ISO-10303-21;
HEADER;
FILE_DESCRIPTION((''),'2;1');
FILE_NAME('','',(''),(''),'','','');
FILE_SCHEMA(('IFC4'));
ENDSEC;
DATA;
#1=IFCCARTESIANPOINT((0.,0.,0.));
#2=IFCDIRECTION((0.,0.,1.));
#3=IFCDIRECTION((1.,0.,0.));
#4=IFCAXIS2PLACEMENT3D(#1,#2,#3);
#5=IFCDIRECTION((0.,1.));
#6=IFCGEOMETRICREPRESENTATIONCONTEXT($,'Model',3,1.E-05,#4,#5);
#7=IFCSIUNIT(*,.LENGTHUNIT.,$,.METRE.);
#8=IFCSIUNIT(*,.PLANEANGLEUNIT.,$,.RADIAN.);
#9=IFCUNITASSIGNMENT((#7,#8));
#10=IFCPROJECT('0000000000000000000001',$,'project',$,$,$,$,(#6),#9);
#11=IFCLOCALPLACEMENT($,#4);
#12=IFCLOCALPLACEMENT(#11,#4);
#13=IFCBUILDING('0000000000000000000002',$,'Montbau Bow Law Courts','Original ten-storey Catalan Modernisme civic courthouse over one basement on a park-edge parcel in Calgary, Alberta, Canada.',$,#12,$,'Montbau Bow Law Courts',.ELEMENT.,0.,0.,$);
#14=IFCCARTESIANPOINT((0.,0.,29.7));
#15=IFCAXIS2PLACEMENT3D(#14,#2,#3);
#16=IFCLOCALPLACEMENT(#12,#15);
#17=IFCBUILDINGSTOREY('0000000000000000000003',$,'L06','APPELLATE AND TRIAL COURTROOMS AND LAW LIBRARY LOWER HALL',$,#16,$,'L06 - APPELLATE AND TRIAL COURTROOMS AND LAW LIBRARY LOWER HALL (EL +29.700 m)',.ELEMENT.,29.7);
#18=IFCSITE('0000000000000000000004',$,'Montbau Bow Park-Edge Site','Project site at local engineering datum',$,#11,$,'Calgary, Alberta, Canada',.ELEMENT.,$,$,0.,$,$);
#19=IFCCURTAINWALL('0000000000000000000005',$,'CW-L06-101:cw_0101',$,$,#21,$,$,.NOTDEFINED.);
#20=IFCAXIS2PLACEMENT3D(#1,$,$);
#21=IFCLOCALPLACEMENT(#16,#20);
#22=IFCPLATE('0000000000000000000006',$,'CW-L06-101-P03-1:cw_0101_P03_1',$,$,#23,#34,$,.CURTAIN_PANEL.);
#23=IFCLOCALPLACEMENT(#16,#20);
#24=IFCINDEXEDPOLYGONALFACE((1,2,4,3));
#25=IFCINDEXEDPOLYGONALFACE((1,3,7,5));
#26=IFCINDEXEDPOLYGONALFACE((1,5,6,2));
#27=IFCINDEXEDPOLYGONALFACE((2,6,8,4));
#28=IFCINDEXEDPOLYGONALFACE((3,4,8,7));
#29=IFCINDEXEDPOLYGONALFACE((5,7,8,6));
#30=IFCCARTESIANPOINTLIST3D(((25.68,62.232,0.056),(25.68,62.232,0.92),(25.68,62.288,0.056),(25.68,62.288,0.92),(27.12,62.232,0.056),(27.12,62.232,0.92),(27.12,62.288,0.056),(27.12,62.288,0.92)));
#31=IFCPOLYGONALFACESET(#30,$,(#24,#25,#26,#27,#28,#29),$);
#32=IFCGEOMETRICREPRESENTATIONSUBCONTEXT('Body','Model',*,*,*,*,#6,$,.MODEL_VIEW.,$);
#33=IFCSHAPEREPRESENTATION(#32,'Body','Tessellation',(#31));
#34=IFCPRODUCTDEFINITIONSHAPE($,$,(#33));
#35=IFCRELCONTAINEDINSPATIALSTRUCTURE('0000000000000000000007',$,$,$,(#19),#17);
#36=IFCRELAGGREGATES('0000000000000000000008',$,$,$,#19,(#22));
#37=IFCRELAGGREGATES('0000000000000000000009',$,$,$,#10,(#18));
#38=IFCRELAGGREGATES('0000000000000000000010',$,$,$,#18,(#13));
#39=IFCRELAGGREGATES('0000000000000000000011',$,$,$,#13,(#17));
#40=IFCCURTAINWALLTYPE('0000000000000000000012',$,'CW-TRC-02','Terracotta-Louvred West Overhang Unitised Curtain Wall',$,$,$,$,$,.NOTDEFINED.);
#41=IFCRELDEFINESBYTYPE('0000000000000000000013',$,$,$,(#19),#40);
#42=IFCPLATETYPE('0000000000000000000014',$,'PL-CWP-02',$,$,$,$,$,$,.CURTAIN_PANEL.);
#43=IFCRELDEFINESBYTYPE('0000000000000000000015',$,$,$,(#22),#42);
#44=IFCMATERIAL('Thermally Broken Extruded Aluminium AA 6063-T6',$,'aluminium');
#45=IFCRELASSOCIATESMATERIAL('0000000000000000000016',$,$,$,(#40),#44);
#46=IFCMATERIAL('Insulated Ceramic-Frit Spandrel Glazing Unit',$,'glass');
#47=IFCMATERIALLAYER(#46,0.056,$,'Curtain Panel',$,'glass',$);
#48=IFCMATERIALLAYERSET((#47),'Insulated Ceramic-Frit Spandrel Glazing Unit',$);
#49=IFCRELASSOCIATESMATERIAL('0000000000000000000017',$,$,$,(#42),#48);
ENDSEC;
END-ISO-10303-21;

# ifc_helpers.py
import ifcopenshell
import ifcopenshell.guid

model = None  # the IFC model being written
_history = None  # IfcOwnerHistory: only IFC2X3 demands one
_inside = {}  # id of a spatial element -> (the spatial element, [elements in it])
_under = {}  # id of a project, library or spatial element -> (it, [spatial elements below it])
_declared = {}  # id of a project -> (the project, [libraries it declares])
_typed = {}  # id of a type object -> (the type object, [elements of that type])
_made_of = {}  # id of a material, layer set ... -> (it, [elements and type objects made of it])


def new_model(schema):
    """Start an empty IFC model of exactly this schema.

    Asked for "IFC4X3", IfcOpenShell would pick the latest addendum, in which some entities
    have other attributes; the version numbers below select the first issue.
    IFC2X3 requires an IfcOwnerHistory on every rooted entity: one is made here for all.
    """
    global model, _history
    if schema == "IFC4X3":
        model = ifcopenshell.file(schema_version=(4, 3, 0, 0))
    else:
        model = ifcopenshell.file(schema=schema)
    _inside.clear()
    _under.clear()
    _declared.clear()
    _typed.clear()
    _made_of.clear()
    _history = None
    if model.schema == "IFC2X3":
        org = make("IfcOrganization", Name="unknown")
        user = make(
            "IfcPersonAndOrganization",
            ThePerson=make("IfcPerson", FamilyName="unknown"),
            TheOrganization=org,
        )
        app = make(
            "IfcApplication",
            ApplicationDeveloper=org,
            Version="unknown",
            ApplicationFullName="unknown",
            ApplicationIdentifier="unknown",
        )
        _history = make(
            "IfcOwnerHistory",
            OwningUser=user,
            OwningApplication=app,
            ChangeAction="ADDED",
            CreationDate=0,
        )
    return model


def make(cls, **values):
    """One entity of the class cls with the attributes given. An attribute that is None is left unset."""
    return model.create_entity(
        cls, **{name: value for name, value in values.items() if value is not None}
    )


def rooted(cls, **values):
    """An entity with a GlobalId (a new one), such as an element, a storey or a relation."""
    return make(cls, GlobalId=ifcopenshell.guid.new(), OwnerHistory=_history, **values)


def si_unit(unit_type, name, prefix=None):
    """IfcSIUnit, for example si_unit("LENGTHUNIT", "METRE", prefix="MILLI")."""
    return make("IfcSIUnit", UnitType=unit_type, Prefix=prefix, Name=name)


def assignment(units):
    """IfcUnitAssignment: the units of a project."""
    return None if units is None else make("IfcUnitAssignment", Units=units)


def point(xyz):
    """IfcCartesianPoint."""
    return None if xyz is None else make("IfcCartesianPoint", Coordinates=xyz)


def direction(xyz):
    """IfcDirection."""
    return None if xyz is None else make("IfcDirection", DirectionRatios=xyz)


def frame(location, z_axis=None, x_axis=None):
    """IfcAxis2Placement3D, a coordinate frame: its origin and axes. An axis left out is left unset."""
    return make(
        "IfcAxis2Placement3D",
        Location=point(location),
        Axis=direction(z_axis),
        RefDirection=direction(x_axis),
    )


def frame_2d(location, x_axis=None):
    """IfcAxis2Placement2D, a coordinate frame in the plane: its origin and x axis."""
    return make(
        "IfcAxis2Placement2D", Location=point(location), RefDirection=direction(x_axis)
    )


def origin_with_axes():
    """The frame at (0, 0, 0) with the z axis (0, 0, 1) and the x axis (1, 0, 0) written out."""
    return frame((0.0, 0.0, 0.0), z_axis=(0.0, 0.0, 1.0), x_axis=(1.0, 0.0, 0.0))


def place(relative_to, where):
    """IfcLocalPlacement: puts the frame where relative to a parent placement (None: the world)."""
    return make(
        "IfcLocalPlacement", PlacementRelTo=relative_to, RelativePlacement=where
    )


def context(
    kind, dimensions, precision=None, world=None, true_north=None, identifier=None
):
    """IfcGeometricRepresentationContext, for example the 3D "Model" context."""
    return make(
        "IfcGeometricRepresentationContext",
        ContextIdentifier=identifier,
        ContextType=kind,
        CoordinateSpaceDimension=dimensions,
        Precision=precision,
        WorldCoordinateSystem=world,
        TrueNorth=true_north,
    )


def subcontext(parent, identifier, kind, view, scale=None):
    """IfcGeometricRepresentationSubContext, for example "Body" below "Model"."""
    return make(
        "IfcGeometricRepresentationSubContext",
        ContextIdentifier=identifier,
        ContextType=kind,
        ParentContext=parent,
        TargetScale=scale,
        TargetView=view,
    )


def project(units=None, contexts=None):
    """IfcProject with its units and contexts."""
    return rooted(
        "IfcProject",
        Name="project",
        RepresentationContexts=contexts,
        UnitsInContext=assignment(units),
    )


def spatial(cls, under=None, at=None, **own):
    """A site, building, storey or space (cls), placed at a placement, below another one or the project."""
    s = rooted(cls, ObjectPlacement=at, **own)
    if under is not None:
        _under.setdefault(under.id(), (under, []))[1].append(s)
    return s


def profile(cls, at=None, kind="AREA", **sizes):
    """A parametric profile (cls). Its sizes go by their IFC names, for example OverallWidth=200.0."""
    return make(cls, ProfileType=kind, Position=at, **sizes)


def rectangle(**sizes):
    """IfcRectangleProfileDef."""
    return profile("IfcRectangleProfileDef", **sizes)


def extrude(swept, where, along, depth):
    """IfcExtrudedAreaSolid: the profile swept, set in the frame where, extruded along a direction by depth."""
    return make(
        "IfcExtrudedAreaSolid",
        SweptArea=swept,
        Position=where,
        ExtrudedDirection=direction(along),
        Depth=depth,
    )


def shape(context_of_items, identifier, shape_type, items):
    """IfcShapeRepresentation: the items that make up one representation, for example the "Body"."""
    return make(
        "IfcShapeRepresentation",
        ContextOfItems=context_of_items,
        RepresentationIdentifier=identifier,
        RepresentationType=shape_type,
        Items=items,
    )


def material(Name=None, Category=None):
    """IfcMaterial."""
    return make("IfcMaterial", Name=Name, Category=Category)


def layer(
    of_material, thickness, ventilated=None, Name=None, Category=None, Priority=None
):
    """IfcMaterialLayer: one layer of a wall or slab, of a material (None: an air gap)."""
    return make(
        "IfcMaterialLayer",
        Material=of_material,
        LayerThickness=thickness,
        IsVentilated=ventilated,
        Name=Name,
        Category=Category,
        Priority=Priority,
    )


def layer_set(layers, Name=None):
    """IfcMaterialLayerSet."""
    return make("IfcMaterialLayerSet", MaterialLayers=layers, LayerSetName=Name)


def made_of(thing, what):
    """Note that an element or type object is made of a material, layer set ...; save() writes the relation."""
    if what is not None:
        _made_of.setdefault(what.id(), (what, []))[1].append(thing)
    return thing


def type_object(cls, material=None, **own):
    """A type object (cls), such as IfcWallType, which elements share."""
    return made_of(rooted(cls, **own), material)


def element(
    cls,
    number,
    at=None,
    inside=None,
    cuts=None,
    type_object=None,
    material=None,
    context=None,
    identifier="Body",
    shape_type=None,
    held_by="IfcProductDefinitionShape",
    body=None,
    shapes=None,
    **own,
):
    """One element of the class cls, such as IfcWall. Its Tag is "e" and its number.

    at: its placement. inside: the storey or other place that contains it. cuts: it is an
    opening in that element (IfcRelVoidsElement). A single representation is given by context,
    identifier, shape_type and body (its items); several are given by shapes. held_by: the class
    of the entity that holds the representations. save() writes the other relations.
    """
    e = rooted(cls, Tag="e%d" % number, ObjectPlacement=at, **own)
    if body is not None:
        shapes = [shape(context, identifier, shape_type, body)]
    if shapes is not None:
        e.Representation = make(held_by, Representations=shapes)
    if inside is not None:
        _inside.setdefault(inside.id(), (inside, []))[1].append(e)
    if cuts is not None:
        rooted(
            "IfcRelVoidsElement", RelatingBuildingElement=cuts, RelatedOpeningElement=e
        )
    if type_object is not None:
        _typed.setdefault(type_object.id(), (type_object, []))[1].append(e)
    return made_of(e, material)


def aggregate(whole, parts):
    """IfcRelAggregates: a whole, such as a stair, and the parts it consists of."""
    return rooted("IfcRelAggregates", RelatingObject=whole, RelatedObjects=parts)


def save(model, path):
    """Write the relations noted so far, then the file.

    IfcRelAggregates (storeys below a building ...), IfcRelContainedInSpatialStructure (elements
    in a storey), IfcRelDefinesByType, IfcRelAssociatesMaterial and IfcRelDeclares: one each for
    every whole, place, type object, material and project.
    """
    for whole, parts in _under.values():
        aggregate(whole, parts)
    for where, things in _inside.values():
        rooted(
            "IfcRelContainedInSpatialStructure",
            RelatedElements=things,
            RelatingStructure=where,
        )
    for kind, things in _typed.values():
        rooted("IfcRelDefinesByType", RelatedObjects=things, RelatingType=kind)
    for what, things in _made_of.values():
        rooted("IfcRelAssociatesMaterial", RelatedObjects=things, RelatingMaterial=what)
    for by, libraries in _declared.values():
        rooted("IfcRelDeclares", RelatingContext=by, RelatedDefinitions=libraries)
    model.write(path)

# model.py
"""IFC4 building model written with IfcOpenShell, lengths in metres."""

from ifc_helpers import new_model, si_unit, direction, frame, frame_2d, origin_with_axes, place, context, subcontext, project, spatial, rectangle, extrude, material, layer, layer_set, type_object, element, aggregate, save


model = new_model("IFC4")

# Units and contexts
model_context = context("Model", 3, precision=1e-05, world=origin_with_axes(), true_north=direction((0.0, 1.0)))
body_context = subcontext(model_context, "Body", "Model", "MODEL_VIEW")
ifc_project = project(units=[si_unit("LENGTHUNIT", "METRE"), si_unit("PLANEANGLEUNIT", "RADIAN")], contexts=[model_context])

# Site, building, storey
site_placement = place(None, origin_with_axes())
site = spatial("IfcSite", under=ifc_project, at=site_placement, Name="Montbau Bow Park-Edge Site", Description="Project site at local engineering datum", LongName="Calgary, Alberta, Canada", CompositionType="ELEMENT", RefElevation=0.0)
building_placement = place(site_placement, origin_with_axes())
building = spatial("IfcBuilding", under=site, at=building_placement, Name="Montbau Bow Law Courts", Description="Original ten-storey Catalan Modernisme civic courthouse over one basement on a park-edge parcel in Calgary, Alberta, Canada.", LongName="Montbau Bow Law Courts", CompositionType="ELEMENT", ElevationOfRefHeight=0.0, ElevationOfTerrain=0.0)
storey_placement = place(building_placement, frame((0.0, 0.0, 29.7), z_axis=(0.0, 0.0, 1.0), x_axis=(1.0, 0.0, 0.0)))
storey = spatial("IfcBuildingStorey", under=building, at=storey_placement, Name="L06", Description="APPELLATE AND TRIAL COURTROOMS AND LAW LIBRARY LOWER HALL", LongName="L06 - APPELLATE AND TRIAL COURTROOMS AND LAW LIBRARY LOWER HALL (EL +29.700 m)", CompositionType="ELEMENT", Elevation=29.7)

# Curtain wall
ifc_material_1 = material(Name="Thermally Broken Extruded Aluminium AA 6063-T6", Category="aluminium")
curtain_wall_type = type_object("IfcCurtainWallType", Name="CW-TRC-02", Description="Terracotta-Louvred West Overhang Unitised Curtain Wall", PredefinedType="NOTDEFINED", material=ifc_material_1)
curtain_wall_1_placement = place(None, frame((22.64, 62.26, 29.7), z_axis=(0.0, 0.0, 1.0), x_axis=(1.0, 0.0, 0.0)))
curtain_wall_1 = element("IfcCurtainWall", 1, at=curtain_wall_1_placement, inside=storey, type_object=curtain_wall_type, Name="CW-L06-101:cw_0101", PredefinedType="NOTDEFINED")

# Plate
ifc_material_2 = material(Name="Insulated Ceramic-Frit Spandrel Glazing Unit", Category="glass")
ifc_layer_1 = layer(ifc_material_2, 0.056, Name="Curtain Panel", Category="glass")
ifc_layer_set_1 = layer_set([ifc_layer_1], Name="Insulated Ceramic-Frit Spandrel Glazing Unit")
plate_type_1 = type_object("IfcPlateType", Name="PL-CWP-02", PredefinedType="CURTAIN_PANEL", material=ifc_layer_set_1)
plate_1_placement = place(None, frame((25.68, 62.26, 29.756), z_axis=(0.0, -1.0, 0.0), x_axis=(1.0, 0.0, 0.0)))
plate_1 = element("IfcPlate", 2, at=plate_1_placement, type_object=plate_type_1, Name="CW-L06-101-P03-1:cw_0101_P03_1", PredefinedType="CURTAIN_PANEL", context=body_context, shape_type="SweptSolid", body=[
    extrude(rectangle(XDim=1.44, YDim=0.864, at=frame_2d((0.72, 0.432), x_axis=(1.0, 0.0))), frame((0.0, 0.0, -0.028), z_axis=(0.0, 0.0, 1.0), x_axis=(1.0, 0.0, 0.0)), (0.0, 0.0, 1.0), 0.056),
])
aggregate(curtain_wall_1, [plate_1])

save(model, "model.ifc")
